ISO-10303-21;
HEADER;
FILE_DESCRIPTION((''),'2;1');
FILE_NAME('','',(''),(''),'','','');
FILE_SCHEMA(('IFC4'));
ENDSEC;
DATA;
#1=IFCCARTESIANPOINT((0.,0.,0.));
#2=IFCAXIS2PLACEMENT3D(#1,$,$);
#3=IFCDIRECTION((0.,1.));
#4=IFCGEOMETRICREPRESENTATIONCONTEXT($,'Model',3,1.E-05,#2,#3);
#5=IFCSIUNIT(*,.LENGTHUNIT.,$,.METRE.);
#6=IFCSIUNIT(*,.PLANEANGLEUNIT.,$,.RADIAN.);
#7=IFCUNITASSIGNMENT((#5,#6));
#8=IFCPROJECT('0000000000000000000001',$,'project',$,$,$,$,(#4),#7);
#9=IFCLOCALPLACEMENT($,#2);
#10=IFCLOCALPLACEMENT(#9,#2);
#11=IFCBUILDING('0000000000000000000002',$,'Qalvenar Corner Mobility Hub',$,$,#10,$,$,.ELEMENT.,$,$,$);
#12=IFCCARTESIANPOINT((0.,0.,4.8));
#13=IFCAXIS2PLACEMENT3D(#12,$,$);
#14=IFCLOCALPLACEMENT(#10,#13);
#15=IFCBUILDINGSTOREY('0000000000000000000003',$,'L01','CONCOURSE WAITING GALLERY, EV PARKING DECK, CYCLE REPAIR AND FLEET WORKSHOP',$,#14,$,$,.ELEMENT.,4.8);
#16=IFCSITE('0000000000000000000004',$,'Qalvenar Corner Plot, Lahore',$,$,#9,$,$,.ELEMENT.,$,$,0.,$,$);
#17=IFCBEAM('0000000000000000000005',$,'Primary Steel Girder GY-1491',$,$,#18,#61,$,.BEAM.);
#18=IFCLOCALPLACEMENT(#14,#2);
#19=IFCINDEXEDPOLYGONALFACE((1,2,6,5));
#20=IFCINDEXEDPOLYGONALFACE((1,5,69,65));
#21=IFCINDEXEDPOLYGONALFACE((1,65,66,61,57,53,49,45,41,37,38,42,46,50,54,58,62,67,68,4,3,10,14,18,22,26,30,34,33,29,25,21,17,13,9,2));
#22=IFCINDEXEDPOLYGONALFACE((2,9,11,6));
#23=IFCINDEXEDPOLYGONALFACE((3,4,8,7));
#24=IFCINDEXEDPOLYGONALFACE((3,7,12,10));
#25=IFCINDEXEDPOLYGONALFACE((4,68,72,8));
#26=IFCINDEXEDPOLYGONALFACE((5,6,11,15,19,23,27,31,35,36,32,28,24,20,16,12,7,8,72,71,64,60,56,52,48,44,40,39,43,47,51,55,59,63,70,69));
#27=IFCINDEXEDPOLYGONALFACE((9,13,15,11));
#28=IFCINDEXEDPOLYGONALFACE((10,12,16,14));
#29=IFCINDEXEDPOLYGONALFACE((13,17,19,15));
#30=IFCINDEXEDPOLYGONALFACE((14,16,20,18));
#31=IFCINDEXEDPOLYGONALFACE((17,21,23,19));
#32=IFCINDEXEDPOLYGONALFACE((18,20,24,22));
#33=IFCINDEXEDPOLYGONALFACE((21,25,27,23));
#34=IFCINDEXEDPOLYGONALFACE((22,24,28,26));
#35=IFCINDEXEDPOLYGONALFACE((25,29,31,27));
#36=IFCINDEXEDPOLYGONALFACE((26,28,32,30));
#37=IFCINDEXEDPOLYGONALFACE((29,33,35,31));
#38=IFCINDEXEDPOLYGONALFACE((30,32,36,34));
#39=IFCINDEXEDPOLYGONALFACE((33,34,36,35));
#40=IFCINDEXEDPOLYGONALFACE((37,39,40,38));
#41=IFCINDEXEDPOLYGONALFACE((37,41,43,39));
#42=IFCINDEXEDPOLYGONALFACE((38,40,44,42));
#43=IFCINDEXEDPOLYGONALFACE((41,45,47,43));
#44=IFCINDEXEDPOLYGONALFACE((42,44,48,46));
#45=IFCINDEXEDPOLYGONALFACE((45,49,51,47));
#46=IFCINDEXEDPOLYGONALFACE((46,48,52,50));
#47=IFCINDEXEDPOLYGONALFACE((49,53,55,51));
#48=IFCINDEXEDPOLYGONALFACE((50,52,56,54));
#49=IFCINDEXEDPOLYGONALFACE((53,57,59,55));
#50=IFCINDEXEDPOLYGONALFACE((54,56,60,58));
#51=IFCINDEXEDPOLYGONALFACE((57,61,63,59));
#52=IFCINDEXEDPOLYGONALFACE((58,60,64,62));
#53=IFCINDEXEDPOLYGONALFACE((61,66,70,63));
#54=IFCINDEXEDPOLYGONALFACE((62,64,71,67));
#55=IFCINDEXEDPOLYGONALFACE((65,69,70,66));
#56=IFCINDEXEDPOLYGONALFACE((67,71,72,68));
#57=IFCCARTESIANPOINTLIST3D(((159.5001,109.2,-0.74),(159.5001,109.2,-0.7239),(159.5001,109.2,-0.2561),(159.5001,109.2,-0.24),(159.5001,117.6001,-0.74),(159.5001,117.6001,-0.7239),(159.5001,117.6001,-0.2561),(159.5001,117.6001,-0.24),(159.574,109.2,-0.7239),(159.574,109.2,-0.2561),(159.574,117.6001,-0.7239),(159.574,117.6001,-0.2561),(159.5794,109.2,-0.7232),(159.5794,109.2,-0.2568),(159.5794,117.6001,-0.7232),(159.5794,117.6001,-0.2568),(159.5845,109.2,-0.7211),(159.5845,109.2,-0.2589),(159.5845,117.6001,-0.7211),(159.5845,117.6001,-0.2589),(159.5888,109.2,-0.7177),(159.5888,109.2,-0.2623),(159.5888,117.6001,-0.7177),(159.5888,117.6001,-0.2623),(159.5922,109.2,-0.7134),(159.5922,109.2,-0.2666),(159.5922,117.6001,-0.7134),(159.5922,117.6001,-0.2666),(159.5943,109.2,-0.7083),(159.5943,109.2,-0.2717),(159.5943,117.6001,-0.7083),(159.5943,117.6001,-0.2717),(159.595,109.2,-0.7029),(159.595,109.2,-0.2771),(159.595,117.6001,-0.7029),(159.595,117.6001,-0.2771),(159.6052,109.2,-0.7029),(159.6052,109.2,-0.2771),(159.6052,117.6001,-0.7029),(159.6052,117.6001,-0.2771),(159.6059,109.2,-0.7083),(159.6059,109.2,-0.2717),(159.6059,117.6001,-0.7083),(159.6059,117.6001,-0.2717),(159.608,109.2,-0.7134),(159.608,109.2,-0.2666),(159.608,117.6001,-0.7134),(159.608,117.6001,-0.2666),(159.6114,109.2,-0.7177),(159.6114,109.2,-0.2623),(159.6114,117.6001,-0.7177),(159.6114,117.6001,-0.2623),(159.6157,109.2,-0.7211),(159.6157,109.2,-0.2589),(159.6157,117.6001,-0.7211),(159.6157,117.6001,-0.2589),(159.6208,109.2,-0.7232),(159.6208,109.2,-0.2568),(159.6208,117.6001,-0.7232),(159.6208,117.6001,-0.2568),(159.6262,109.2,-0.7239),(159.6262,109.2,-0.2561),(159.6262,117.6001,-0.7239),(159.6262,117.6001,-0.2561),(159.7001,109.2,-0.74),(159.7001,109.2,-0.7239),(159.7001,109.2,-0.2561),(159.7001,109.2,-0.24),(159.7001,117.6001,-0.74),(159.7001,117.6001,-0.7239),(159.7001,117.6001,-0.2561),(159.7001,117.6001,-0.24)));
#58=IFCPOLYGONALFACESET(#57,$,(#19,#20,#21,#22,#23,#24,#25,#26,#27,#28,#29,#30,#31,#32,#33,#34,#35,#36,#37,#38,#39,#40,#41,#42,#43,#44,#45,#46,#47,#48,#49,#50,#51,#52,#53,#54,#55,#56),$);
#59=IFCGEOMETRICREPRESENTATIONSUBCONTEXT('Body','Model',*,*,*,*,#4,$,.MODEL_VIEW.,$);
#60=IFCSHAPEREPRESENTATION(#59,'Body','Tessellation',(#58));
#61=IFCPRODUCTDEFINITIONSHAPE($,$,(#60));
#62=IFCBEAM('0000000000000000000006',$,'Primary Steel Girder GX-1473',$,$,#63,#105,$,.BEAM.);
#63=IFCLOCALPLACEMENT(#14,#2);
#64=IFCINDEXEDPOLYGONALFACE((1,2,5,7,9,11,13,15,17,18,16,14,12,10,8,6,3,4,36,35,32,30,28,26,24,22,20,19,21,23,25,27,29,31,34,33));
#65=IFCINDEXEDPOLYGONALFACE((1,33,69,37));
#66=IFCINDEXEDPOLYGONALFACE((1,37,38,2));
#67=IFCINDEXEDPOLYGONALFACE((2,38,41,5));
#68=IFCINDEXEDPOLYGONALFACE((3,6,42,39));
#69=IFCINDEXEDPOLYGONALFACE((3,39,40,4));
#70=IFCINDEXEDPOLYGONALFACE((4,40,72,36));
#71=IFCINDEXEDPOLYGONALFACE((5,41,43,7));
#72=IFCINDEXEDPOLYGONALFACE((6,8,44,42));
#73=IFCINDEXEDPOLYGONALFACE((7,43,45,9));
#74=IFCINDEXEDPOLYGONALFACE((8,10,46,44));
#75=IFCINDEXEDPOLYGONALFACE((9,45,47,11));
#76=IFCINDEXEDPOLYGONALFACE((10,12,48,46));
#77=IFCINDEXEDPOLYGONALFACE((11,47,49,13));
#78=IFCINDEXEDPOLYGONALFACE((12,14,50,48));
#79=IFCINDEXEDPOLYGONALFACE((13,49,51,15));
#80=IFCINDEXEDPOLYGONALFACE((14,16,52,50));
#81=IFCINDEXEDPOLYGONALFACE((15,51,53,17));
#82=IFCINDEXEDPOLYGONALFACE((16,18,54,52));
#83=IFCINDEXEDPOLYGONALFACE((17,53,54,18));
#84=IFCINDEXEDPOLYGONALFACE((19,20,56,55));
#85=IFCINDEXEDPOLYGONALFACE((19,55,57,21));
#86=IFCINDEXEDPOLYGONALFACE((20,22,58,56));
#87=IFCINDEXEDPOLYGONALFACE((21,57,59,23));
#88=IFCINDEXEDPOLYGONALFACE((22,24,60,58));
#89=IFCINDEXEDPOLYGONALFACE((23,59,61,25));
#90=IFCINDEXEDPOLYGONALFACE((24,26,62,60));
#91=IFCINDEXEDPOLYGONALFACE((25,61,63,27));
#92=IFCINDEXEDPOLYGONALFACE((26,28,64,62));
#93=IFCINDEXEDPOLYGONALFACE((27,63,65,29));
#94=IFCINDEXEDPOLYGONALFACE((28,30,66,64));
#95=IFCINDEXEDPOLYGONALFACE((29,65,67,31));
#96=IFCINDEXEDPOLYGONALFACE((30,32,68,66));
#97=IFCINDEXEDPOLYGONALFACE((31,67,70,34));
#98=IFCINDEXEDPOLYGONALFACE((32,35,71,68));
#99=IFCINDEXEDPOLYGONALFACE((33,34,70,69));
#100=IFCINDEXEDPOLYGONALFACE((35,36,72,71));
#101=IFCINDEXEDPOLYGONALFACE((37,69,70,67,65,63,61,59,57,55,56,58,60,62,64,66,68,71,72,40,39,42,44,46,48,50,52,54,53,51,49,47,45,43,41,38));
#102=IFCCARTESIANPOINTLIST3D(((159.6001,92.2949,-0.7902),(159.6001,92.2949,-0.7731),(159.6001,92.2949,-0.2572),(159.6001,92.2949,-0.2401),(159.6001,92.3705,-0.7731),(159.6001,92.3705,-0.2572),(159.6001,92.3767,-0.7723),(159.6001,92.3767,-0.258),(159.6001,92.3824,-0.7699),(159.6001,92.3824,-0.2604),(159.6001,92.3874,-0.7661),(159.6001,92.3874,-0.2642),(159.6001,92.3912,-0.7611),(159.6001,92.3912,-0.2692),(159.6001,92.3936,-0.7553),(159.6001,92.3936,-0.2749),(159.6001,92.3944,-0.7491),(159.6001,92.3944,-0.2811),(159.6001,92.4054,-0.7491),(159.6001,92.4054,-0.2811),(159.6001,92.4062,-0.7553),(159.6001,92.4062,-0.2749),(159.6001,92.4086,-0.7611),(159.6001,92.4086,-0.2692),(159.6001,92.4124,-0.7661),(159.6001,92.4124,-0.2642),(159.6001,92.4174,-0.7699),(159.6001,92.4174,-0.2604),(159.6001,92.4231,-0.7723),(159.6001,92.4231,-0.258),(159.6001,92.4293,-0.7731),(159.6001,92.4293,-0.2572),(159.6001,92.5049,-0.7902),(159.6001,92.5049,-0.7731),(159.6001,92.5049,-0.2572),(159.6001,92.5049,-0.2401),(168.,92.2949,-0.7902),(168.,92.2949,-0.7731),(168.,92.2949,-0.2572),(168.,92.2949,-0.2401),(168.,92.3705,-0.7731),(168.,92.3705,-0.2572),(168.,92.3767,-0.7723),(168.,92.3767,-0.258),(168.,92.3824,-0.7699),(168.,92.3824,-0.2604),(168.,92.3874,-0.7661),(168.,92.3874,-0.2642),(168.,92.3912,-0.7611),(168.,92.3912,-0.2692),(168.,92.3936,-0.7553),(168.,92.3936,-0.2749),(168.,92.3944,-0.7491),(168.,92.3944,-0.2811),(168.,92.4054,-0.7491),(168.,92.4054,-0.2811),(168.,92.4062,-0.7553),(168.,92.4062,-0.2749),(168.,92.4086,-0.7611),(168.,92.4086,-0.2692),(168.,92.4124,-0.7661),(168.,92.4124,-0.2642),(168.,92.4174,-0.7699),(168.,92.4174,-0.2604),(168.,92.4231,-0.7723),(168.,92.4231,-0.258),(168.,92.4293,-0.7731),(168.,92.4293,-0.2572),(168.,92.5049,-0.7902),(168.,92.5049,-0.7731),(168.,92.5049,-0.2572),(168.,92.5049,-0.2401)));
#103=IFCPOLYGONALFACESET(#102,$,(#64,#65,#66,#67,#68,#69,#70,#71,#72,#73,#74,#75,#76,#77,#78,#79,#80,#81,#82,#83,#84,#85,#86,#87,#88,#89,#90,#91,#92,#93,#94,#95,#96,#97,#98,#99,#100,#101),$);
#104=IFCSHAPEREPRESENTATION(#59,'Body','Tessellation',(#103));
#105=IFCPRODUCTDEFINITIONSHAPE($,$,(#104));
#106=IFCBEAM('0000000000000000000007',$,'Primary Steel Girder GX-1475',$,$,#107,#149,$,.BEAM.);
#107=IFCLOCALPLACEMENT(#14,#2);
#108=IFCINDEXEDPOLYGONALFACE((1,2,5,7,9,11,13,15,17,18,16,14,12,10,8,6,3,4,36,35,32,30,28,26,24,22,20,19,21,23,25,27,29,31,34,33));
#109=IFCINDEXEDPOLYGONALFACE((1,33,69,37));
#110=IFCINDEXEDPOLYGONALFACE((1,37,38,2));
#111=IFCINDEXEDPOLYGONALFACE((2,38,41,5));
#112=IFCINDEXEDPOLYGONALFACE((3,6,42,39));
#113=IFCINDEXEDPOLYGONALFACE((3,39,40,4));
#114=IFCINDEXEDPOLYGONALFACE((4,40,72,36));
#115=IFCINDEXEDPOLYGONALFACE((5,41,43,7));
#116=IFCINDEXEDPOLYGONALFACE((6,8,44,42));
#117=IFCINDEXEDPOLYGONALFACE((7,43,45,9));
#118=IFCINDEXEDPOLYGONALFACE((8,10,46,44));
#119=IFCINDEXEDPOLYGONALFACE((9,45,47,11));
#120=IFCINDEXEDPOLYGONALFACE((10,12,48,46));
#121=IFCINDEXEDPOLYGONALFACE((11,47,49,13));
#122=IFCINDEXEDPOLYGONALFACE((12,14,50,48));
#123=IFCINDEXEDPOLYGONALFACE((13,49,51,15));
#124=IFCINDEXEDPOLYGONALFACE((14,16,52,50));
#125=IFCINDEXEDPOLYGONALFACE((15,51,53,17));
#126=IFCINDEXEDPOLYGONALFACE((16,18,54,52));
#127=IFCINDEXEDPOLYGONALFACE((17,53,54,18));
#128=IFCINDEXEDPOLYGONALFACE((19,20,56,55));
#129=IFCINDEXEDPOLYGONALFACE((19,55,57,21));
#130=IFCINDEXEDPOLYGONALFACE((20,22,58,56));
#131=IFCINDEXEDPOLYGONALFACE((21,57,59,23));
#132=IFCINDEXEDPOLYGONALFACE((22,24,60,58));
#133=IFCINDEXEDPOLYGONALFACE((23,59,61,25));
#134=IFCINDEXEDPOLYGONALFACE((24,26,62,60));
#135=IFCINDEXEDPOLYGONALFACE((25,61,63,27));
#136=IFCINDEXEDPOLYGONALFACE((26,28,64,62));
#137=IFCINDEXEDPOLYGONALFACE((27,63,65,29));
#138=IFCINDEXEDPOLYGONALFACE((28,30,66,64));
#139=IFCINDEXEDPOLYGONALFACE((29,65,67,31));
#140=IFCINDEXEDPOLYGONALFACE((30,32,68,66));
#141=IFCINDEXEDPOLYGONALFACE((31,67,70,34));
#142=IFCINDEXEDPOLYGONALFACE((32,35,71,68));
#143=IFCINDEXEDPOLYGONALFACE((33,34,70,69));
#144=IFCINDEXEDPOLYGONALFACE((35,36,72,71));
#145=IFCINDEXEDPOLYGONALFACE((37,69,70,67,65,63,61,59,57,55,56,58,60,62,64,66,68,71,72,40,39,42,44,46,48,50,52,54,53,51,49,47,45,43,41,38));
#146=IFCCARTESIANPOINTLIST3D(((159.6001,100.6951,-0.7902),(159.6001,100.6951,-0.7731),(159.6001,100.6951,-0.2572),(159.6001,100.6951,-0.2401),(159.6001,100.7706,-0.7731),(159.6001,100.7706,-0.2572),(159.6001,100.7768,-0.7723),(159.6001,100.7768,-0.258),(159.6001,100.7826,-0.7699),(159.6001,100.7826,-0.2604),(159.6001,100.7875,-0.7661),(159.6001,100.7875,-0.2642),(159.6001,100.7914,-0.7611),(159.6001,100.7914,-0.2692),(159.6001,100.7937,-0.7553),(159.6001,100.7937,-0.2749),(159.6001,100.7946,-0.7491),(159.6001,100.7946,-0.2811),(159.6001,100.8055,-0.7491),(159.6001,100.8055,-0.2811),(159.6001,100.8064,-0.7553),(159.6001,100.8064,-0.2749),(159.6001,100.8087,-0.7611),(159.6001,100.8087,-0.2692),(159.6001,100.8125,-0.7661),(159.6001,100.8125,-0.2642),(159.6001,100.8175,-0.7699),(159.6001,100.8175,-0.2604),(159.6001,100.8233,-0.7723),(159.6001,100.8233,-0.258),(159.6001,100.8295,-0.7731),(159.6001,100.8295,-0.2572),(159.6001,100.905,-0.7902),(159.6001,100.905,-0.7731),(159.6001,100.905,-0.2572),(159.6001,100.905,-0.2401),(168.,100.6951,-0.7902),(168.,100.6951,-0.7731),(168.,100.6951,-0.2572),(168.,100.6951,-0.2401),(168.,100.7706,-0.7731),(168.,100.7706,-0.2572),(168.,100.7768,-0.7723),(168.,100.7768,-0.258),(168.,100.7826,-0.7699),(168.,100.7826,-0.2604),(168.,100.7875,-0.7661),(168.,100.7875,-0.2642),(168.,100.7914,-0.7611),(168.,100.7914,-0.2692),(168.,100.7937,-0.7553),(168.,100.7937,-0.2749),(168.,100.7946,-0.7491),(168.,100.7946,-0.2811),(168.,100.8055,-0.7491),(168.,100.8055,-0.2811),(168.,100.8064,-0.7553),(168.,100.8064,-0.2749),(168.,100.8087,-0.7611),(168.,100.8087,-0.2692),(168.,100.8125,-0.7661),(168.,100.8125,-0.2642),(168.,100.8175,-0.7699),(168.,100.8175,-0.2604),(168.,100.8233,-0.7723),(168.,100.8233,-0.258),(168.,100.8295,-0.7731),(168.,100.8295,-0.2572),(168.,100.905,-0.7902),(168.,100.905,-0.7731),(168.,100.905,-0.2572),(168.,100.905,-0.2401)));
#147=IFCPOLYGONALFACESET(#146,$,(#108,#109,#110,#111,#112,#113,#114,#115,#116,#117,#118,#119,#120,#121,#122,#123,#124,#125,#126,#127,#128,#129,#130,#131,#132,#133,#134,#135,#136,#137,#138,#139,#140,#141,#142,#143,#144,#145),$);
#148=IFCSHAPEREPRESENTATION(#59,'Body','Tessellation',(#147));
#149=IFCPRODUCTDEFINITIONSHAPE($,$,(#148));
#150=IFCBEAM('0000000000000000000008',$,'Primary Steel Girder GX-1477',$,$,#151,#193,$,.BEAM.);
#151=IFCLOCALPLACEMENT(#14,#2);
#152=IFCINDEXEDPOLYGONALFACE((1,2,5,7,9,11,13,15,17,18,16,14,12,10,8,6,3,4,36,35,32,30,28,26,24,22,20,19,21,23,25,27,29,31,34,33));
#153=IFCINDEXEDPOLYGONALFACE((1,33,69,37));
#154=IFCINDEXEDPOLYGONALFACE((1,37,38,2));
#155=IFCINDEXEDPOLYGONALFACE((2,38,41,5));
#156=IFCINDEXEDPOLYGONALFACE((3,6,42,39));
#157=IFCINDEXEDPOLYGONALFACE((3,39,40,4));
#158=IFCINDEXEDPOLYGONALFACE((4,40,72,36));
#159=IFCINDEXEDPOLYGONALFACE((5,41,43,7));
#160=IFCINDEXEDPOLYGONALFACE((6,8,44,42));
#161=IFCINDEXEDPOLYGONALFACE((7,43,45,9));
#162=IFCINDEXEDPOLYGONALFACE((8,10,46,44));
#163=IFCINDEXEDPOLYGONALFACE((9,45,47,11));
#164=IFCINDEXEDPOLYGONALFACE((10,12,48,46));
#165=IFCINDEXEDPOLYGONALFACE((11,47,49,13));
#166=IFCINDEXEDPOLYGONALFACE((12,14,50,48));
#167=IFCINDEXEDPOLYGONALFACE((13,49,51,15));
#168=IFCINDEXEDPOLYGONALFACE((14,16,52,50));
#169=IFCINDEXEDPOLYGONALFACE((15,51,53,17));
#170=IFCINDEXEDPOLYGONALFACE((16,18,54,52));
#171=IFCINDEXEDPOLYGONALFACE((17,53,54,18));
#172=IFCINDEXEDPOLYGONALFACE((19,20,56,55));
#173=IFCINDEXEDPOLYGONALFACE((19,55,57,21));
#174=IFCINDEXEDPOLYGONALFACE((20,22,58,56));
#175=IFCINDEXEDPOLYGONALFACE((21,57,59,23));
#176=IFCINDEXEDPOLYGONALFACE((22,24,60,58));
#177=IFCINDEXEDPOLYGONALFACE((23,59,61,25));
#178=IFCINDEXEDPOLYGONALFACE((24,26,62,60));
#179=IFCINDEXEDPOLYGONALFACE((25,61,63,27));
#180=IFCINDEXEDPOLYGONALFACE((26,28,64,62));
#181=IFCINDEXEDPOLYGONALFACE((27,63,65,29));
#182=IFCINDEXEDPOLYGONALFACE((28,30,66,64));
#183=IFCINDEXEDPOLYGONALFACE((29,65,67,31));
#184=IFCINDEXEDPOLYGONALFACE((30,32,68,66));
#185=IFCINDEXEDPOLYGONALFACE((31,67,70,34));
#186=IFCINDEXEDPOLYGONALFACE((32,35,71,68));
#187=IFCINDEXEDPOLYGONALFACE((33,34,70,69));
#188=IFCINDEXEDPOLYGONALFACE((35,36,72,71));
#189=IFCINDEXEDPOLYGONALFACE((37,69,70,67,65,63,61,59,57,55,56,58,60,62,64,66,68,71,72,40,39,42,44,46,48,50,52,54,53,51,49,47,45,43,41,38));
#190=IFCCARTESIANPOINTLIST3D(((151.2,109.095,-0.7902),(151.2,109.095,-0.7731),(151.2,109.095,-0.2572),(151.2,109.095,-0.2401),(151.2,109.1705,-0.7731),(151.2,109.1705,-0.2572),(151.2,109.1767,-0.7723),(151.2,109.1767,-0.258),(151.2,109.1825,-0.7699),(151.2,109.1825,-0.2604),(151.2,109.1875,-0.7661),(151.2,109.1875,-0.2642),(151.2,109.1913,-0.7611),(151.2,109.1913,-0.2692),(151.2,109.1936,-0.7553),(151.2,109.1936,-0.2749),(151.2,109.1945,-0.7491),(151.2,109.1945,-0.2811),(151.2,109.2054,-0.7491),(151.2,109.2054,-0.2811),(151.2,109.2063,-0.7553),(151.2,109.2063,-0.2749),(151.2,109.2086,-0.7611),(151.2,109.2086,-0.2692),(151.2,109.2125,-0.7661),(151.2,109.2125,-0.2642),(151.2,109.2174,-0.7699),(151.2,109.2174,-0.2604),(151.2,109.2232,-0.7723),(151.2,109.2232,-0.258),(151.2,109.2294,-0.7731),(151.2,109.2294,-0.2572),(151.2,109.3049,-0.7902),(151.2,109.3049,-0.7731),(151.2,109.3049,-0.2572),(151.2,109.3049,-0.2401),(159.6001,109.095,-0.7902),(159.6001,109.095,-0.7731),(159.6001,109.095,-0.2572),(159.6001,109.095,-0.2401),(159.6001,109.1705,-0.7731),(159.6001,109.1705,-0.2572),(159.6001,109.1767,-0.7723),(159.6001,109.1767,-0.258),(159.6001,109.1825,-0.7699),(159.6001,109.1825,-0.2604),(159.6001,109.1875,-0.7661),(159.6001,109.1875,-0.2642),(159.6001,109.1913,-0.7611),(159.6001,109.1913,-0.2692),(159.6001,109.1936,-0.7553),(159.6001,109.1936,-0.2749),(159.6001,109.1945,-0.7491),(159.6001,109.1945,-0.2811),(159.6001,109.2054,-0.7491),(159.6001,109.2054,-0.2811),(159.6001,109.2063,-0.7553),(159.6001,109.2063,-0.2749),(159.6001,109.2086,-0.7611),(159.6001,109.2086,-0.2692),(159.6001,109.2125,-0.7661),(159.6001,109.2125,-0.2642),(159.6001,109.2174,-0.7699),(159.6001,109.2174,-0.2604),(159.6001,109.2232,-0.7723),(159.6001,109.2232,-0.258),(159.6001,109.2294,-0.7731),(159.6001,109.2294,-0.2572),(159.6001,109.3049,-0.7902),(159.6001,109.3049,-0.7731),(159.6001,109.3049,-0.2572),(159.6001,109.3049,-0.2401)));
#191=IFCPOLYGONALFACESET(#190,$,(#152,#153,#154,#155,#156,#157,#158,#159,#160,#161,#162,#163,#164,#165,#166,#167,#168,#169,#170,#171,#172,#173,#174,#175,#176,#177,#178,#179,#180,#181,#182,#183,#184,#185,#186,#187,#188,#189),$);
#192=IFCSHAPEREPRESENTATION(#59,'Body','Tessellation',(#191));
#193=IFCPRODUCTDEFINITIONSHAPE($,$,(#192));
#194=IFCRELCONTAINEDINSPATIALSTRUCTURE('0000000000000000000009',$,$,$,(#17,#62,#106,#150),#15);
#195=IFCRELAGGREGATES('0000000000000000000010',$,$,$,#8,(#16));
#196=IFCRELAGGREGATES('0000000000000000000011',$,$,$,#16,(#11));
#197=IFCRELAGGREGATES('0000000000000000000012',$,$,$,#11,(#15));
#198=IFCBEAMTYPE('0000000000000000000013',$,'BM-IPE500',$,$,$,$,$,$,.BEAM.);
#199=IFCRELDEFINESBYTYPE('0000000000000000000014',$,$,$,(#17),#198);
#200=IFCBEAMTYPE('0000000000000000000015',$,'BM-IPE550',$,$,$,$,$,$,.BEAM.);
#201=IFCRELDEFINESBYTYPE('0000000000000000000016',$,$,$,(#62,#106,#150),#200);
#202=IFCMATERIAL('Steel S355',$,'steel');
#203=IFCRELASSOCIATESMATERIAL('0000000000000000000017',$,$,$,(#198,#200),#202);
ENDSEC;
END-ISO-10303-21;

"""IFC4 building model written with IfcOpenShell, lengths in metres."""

from ifc_helpers import new_model, si_unit, direction, frame, origin, origin_2d, place, context, subcontext, project, spatial, i_section, extrude, material, material_profile, profile_set, type_object, element, save


model = new_model("IFC4")

# Units and contexts
model_context = context("Model", 3, precision=1e-05, world=origin(), true_north=direction((0.0, 1.0)))
body_context = subcontext(model_context, "Body", "Model", "MODEL_VIEW")
ifc_project = project(units=[si_unit("LENGTHUNIT", "METRE"), si_unit("PLANEANGLEUNIT", "RADIAN")], contexts=[model_context])

# Site, building, storey
site_placement = place(None, origin())
site = spatial("IfcSite", under=ifc_project, at=site_placement, Name="Qalvenar Corner Plot, Lahore", CompositionType="ELEMENT", RefElevation=0.0)
building_placement = place(site_placement, origin())
building = spatial("IfcBuilding", under=site, at=building_placement, Name="Qalvenar Corner Mobility Hub", CompositionType="ELEMENT")
storey_placement = place(building_placement, frame((0.0, 0.0, 4.8)))
storey = spatial("IfcBuildingStorey", under=building, at=storey_placement, Name="L01", Description="CONCOURSE WAITING GALLERY, EV PARKING DECK, CYCLE REPAIR AND FLEET WORKSHOP", CompositionType="ELEMENT", Elevation=4.8)

# Shared definitions
ifc_material_1 = material(Name="Steel S355", Category="steel")

# Beams
ifc_material_profile_1 = material_profile(ifc_material_1, i_section(OverallWidth=0.2, OverallDepth=0.5, WebThickness=0.0103, FlangeThickness=0.0161, FilletRadius=0.021, at=origin_2d()), Name="IPE500")
ifc_profile_set_1 = profile_set([ifc_material_profile_1], Name="Steel S355")
beam_type_1 = type_object("IfcBeamType", Name="BM-IPE500", PredefinedType="BEAM", material=ifc_profile_set_1)
beam_1_placement = place(storey_placement, frame((159.6001, 109.2, -0.49), z_axis=(0.0, 1.0, 0.0), x_axis=(-1.0, 0.0, 0.0)))
element("IfcBeam", 1, at=beam_1_placement, inside=storey, type_object=beam_type_1, Name="Primary Steel Girder GY-1491", PredefinedType="BEAM", context=body_context, shape_type="SweptSolid", body=[
    extrude(i_section(OverallWidth=0.2, OverallDepth=0.5, WebThickness=0.0103, FlangeThickness=0.0161, FilletRadius=0.021, at=origin_2d()), origin(), (0.0, 0.0, 1.0), 8.4001),
])
ifc_material_profile_2 = material_profile(ifc_material_1, i_section(OverallWidth=0.21, OverallDepth=0.55, WebThickness=0.011, FlangeThickness=0.0171, FilletRadius=0.0239, at=origin_2d()), Name="IPE550")
ifc_profile_set_2 = profile_set([ifc_material_profile_2], Name="Steel S355")
beam_type_2 = type_object("IfcBeamType", Name="BM-IPE550", PredefinedType="BEAM", material=ifc_profile_set_2)
for number, where, z_axis, x_axis, name in (
    (2, (159.6001, 92.3999, -0.5151), (1.0, 0.0, 0.0), (0.0, 1.0, 0.0), "Primary Steel Girder GX-1473"),
    (3, (159.6001, 100.8, -0.5151), (1.0, 0.0, 0.0), (0.0, 1.0, 0.0), "Primary Steel Girder GX-1475"),
):
    element("IfcBeam", number, at=place(storey_placement, frame(where, z_axis=z_axis, x_axis=x_axis)), inside=storey, type_object=beam_type_2, Name=name, PredefinedType="BEAM", context=body_context, shape_type="SweptSolid", body=[
        extrude(i_section(OverallWidth=0.21, OverallDepth=0.55, WebThickness=0.011, FlangeThickness=0.0171, FilletRadius=0.0239, at=origin_2d()), origin(), (0.0, 0.0, 1.0), 8.3999),
    ])
beam_2_placement = place(storey_placement, frame((151.2, 109.2, -0.5151), z_axis=(1.0, 0.0, 0.0), x_axis=(0.0, 1.0, 0.0)))
element("IfcBeam", 4, at=beam_2_placement, inside=storey, type_object=beam_type_2, Name="Primary Steel Girder GX-1477", PredefinedType="BEAM", context=body_context, shape_type="SweptSolid", body=[
    extrude(i_section(OverallWidth=0.21, OverallDepth=0.55, WebThickness=0.011, FlangeThickness=0.0171, FilletRadius=0.0239, at=origin_2d()), origin(), (0.0, 0.0, 1.0), 8.4001),
])

save(model, "model.ifc")
